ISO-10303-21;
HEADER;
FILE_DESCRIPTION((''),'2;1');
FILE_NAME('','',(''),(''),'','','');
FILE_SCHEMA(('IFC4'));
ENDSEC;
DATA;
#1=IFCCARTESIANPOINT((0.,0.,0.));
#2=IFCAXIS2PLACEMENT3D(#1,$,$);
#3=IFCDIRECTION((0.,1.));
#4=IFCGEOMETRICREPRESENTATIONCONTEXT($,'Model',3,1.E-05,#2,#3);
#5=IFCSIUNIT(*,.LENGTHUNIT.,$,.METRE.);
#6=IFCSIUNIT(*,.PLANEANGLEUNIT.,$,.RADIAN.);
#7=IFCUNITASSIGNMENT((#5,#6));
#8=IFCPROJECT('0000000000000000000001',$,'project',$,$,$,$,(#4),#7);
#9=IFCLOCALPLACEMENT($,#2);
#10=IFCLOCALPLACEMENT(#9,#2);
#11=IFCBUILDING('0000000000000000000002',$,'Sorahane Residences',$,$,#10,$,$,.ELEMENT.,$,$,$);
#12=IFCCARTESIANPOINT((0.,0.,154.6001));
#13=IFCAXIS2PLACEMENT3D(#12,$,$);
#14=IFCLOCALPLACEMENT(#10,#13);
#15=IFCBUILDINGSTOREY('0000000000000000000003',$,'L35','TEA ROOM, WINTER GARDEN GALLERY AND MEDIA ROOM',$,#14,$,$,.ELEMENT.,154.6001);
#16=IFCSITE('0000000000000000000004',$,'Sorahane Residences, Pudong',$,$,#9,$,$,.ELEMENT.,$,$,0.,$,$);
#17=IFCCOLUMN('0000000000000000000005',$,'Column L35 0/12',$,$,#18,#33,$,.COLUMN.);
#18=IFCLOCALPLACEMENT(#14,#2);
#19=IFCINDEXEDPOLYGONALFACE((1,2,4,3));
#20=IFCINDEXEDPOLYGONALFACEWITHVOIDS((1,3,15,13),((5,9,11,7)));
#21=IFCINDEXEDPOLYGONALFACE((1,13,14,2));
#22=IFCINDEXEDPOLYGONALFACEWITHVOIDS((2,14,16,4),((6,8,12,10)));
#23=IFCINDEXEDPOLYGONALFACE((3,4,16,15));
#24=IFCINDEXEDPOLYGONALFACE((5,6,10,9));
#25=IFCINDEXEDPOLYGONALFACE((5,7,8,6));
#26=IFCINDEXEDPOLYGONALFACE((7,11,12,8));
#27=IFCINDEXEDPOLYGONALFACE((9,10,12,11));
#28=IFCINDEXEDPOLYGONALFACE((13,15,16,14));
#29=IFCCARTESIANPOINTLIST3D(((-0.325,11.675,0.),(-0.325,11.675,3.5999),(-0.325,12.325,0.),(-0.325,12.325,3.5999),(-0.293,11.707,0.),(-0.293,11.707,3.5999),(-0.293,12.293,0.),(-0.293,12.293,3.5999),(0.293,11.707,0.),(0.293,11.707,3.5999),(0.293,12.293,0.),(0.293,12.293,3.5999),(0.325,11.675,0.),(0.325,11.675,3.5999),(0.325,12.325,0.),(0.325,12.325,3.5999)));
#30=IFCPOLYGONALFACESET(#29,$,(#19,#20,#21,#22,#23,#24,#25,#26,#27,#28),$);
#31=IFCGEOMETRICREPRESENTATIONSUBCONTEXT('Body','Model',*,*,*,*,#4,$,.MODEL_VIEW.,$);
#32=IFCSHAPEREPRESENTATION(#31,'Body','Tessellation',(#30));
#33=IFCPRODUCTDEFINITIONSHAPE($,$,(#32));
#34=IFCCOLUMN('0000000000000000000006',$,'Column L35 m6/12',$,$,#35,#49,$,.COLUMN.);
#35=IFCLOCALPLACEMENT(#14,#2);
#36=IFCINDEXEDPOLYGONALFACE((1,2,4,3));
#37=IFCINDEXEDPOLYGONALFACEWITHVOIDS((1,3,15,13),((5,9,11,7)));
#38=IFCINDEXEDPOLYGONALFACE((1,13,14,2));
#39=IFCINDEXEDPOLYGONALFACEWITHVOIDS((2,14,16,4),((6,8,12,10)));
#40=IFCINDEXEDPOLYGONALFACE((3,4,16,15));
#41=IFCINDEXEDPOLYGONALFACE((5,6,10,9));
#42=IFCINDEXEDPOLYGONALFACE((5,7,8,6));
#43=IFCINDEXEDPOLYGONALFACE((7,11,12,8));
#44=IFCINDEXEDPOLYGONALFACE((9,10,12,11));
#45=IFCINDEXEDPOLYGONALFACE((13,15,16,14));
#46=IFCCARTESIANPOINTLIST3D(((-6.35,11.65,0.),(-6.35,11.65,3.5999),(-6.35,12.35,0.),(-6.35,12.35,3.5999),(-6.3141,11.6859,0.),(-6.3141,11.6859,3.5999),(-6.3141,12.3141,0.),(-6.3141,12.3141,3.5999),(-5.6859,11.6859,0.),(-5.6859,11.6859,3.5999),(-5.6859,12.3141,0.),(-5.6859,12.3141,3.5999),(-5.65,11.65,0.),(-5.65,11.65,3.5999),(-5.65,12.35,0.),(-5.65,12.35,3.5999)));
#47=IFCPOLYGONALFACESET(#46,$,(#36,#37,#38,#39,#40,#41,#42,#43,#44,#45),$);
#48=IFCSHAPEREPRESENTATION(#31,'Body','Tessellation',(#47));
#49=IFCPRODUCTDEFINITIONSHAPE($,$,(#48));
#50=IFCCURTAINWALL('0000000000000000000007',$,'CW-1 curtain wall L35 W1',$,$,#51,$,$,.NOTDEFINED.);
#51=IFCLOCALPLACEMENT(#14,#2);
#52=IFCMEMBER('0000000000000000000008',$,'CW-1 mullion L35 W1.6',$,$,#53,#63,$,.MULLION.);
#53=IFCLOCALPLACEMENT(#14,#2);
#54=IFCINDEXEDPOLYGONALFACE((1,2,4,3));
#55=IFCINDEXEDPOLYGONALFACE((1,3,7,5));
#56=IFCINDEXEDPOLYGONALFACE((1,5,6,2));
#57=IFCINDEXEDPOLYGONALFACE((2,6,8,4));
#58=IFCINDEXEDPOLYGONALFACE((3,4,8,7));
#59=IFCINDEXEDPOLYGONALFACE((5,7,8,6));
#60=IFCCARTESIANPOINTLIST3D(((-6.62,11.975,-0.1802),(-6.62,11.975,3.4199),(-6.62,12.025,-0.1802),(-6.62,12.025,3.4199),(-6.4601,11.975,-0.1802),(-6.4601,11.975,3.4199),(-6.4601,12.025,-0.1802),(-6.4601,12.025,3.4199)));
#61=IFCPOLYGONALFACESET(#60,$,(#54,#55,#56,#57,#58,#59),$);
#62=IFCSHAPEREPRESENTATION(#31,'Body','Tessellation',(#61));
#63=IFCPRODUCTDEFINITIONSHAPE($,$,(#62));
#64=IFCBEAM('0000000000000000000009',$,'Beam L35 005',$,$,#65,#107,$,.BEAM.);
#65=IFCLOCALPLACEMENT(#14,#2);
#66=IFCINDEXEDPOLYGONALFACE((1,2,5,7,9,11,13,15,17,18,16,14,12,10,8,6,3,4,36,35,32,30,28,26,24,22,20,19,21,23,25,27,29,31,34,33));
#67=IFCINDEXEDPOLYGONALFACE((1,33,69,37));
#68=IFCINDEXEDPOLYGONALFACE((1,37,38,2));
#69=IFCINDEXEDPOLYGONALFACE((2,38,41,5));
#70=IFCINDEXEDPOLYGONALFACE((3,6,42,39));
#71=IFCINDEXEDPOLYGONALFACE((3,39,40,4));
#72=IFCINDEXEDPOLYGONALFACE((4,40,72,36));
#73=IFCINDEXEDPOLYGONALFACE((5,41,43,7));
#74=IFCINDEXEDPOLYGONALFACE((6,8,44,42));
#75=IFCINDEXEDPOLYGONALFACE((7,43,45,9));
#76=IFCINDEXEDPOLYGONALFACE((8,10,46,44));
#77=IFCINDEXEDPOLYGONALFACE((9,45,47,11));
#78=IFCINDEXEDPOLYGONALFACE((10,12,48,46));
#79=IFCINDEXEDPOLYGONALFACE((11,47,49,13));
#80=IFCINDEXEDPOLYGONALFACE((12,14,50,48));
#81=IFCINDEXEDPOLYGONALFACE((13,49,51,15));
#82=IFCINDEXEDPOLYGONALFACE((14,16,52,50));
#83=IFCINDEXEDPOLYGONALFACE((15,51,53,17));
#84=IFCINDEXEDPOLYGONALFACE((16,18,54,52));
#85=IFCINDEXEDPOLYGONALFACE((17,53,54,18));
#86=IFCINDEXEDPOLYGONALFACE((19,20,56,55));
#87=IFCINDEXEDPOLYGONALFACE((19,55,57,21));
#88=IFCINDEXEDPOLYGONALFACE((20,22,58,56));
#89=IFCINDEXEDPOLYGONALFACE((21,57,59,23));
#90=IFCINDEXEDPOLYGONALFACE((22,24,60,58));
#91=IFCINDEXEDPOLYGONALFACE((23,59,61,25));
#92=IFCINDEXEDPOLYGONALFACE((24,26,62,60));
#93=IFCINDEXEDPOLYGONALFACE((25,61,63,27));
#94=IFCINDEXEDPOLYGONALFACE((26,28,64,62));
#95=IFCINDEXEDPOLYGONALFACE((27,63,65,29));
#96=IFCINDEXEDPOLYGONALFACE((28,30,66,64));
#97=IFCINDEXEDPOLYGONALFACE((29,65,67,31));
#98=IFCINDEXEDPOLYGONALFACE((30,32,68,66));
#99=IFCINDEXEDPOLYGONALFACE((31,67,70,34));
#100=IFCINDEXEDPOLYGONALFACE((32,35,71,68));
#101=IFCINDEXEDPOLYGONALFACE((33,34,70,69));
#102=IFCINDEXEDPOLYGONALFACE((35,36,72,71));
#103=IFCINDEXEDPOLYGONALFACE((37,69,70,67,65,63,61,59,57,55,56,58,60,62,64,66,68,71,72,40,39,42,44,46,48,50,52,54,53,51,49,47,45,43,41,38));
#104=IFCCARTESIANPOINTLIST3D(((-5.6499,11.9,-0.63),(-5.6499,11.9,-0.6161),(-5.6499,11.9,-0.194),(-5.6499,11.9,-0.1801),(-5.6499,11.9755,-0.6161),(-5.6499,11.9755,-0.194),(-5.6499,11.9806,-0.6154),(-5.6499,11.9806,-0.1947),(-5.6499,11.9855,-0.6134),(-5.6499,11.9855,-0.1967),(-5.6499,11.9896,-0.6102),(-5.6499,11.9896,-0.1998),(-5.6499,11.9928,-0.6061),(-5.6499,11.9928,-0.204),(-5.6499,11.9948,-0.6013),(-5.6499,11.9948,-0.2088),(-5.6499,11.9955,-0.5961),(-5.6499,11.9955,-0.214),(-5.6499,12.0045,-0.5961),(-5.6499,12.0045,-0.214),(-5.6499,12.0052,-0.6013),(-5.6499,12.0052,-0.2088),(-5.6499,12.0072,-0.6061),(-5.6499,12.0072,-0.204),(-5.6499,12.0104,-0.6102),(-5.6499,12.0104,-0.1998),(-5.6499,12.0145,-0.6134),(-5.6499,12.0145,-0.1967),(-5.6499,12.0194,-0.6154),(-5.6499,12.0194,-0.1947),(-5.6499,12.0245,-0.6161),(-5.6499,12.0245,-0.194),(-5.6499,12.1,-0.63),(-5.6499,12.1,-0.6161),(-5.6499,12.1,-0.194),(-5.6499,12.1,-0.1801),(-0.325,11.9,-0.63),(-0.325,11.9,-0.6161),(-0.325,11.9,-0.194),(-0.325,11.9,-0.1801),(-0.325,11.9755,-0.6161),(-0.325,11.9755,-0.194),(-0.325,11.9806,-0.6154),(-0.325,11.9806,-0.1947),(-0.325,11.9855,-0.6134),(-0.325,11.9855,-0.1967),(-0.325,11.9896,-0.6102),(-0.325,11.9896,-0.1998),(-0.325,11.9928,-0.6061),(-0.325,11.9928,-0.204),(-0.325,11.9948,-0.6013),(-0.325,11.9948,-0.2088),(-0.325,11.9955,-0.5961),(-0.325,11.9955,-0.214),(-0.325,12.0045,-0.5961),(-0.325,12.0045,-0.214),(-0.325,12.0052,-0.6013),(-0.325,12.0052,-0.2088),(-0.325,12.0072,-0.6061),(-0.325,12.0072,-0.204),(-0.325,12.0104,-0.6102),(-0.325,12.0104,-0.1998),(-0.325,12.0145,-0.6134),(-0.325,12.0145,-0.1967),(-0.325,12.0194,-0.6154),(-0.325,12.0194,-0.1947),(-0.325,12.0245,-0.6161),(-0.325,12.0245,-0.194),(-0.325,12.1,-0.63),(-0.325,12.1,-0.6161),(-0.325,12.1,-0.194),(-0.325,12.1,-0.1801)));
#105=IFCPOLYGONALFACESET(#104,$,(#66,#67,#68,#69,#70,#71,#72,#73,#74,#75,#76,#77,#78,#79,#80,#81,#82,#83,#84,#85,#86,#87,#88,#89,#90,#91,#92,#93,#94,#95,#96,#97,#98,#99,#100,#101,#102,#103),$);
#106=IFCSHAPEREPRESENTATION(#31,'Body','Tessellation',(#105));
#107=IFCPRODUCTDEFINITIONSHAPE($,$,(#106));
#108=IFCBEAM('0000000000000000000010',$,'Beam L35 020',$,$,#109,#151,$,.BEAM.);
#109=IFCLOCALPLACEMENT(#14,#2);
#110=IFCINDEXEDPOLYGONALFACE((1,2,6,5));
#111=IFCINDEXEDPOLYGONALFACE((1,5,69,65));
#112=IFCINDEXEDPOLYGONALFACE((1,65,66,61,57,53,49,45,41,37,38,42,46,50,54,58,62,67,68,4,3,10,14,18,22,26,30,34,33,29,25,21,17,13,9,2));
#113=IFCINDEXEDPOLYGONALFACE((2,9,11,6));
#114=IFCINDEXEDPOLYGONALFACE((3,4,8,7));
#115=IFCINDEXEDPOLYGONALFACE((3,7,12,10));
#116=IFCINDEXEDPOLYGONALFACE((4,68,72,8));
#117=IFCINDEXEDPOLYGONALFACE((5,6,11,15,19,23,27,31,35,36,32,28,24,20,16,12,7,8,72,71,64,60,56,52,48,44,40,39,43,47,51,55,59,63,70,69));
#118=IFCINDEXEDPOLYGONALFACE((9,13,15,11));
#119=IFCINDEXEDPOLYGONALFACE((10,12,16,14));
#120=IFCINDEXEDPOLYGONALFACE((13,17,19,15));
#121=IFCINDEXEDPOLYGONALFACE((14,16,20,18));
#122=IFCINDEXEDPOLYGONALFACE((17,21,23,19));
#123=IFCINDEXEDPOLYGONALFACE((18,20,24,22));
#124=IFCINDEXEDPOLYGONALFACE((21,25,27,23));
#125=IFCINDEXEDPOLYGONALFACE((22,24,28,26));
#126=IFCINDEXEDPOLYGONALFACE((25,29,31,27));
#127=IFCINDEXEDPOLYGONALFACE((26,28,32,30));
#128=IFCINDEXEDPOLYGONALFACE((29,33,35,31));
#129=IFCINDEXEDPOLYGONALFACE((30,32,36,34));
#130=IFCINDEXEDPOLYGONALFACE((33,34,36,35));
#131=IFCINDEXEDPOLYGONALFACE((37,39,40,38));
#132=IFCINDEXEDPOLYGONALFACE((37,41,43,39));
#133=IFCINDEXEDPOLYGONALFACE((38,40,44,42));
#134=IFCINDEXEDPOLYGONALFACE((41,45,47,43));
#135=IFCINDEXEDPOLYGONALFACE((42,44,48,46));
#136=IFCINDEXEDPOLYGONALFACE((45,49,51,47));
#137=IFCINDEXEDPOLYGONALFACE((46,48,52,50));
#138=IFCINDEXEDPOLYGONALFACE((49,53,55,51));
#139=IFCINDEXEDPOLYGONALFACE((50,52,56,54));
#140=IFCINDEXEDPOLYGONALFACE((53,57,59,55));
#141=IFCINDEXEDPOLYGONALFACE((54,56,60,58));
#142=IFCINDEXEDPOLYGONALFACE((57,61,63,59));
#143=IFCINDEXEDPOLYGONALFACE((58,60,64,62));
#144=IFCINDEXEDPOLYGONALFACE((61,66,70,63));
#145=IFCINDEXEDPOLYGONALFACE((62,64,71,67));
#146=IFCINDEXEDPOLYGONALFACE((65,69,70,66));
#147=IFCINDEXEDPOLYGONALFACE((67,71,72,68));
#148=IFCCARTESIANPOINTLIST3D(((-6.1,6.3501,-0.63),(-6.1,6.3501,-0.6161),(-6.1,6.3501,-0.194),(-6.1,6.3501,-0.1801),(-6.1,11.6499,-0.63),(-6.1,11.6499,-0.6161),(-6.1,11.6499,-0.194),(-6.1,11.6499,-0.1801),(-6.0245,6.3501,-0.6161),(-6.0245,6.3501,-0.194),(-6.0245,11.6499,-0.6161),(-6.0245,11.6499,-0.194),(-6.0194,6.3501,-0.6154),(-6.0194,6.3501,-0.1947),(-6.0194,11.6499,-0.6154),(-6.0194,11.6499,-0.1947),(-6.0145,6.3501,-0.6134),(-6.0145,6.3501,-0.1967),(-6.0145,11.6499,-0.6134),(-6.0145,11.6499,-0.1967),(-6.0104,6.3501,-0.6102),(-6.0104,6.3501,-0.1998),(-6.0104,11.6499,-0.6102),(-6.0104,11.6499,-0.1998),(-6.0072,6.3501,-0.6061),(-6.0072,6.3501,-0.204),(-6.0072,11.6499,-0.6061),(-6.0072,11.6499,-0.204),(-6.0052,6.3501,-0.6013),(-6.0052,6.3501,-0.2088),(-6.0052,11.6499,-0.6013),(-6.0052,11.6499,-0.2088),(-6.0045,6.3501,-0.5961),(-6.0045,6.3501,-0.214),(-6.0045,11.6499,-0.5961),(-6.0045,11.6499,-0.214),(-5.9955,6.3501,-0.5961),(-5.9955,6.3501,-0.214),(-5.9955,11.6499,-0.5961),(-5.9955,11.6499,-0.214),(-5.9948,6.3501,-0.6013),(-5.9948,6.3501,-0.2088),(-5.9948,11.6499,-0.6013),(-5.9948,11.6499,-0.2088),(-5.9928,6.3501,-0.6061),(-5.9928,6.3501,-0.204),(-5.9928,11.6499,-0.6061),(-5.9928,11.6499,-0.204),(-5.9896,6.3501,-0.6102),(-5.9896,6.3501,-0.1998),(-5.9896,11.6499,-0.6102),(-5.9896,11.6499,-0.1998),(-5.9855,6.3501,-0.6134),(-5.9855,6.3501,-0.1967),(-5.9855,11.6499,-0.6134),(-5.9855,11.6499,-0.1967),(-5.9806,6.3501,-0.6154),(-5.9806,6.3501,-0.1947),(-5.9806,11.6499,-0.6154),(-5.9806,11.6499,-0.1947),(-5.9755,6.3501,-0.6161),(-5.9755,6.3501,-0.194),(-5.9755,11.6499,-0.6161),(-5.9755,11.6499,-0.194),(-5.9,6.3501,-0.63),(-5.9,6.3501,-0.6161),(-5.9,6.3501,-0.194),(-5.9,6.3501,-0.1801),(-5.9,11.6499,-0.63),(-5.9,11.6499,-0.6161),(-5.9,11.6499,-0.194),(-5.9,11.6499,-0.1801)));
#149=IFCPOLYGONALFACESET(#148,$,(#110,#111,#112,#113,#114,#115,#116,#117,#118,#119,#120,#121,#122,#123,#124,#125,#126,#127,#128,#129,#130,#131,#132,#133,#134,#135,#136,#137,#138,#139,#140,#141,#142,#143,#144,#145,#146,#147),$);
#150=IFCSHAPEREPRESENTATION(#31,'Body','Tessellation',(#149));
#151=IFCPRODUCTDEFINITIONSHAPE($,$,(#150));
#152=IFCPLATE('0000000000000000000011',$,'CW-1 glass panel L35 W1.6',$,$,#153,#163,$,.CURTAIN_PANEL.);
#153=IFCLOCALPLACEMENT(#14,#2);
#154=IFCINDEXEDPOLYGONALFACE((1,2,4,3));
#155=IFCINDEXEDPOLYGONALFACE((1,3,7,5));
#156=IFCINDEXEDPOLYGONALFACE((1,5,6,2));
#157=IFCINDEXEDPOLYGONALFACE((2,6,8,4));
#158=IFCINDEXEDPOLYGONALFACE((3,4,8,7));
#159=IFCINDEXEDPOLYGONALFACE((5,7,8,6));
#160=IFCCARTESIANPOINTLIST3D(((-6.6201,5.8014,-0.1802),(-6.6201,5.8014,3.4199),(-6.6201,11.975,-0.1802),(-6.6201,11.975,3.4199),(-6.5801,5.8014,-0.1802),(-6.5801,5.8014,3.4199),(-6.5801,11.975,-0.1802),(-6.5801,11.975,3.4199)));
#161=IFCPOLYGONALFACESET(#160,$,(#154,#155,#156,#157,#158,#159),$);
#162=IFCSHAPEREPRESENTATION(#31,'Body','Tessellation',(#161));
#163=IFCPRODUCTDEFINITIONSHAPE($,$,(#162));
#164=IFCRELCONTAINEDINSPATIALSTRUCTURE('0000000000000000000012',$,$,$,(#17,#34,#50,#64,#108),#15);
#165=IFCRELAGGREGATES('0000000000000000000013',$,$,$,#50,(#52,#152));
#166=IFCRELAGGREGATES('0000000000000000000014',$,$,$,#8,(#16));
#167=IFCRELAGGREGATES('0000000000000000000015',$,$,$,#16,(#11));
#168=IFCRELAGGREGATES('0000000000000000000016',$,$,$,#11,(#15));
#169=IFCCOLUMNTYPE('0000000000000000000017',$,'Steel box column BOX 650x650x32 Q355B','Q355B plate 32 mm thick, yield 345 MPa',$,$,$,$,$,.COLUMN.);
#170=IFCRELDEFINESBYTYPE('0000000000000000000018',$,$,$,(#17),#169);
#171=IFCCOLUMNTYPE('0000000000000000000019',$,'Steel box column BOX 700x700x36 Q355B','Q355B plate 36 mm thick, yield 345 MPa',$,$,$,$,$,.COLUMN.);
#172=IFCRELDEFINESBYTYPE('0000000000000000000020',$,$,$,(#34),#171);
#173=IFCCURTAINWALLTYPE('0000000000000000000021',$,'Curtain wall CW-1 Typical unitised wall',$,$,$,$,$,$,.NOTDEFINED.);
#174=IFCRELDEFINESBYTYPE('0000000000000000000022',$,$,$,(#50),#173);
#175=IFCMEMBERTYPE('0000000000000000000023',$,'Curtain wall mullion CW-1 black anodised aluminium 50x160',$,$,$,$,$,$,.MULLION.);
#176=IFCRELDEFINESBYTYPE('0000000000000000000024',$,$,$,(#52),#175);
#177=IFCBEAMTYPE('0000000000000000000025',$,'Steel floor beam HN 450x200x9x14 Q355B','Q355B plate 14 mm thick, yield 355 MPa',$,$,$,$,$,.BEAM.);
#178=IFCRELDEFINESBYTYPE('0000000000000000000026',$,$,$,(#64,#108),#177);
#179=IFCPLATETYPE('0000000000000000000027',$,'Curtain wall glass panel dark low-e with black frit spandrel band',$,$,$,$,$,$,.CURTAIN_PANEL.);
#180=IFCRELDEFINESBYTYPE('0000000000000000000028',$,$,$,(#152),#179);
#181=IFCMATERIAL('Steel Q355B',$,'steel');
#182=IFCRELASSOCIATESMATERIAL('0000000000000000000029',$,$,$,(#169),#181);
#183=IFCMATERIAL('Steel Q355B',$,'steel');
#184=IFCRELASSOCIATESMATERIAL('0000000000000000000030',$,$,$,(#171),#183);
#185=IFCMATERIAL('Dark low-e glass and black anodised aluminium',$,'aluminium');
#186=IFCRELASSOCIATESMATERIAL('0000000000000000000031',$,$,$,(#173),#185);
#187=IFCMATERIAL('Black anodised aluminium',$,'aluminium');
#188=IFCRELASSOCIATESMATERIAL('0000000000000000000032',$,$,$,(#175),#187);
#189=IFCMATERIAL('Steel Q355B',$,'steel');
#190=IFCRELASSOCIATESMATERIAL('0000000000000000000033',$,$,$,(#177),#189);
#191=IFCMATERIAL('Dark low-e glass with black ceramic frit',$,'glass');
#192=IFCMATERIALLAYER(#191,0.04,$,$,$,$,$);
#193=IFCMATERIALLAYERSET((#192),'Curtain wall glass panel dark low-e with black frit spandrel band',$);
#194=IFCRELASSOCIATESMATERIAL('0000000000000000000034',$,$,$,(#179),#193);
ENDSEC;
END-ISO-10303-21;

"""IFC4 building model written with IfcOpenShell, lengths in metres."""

from ifc_helpers import new_model, si_unit, direction, frame, origin, origin_2d, place, context, subcontext, project, spatial, rectangle, hollow_rectangle, i_section, extrude, material, layer, layer_set, material_profile, profile_set, type_object, element, aggregate, save


model = new_model("IFC4")

# Units and contexts
model_context = context("Model", 3, precision=1e-05, world=origin(), true_north=direction((0.0, 1.0)))
body_context = subcontext(model_context, "Body", "Model", "MODEL_VIEW")
ifc_project = project(units=[si_unit("LENGTHUNIT", "METRE"), si_unit("PLANEANGLEUNIT", "RADIAN")], contexts=[model_context])

# Site, building, storey
site_placement = place(None, origin())
site = spatial("IfcSite", under=ifc_project, at=site_placement, Name="Sorahane Residences, Pudong", CompositionType="ELEMENT", RefElevation=0.0)
building_placement = place(site_placement, origin())
building = spatial("IfcBuilding", under=site, at=building_placement, Name="Sorahane Residences", CompositionType="ELEMENT")
storey_placement = place(building_placement, frame((0.0, 0.0, 154.6001)))
storey = spatial("IfcBuildingStorey", under=building, at=storey_placement, Name="L35", Description="TEA ROOM, WINTER GARDEN GALLERY AND MEDIA ROOM", CompositionType="ELEMENT", Elevation=154.6001)

# Columns
ifc_material_1 = material(Name="Steel Q355B", Category="steel")
ifc_material_profile_1 = material_profile(ifc_material_1, hollow_rectangle(XDim=0.6499, YDim=0.6499, WallThickness=0.032, at=origin_2d()), Name="BOX 650x650x32")
ifc_profile_set_1 = profile_set([ifc_material_profile_1], Name="Steel Q355B")
column_type_1 = type_object("IfcColumnType", Name="Steel box column BOX 650x650x32 Q355B", Description="Q355B plate 32 mm thick, yield 345 MPa", PredefinedType="COLUMN", material=ifc_profile_set_1)
column_1_placement = place(storey_placement, frame((0.0, 12.0, 0.0), z_axis=(0.0, 0.0, 1.0), x_axis=(1.0, 0.0, 0.0)))
element("IfcColumn", 1, at=column_1_placement, inside=storey, type_object=column_type_1, Name="Column L35 0/12", PredefinedType="COLUMN", context=body_context, shape_type="SweptSolid", body=[
    extrude(hollow_rectangle(XDim=0.6499, YDim=0.6499, WallThickness=0.032, at=origin_2d()), origin(), (0.0, 0.0, 1.0), 3.5999),
])
ifc_material_2 = material(Name="Steel Q355B", Category="steel")
ifc_material_profile_2 = material_profile(ifc_material_2, hollow_rectangle(XDim=0.7, YDim=0.7, WallThickness=0.0359, at=origin_2d()), Name="BOX 700x700x36")
ifc_profile_set_2 = profile_set([ifc_material_profile_2], Name="Steel Q355B")
column_type_2 = type_object("IfcColumnType", Name="Steel box column BOX 700x700x36 Q355B", Description="Q355B plate 36 mm thick, yield 345 MPa", PredefinedType="COLUMN", material=ifc_profile_set_2)
column_2_placement = place(storey_placement, frame((-6.0, 12.0, 0.0), z_axis=(0.0, 0.0, 1.0), x_axis=(1.0, 0.0, 0.0)))
element("IfcColumn", 2, at=column_2_placement, inside=storey, type_object=column_type_2, Name="Column L35 m6/12", PredefinedType="COLUMN", context=body_context, shape_type="SweptSolid", body=[
    extrude(hollow_rectangle(XDim=0.7, YDim=0.7, WallThickness=0.0359, at=origin_2d()), origin(), (0.0, 0.0, 1.0), 3.5999),
])

# Curtain wall, member
ifc_material_3 = material(Name="Dark low-e glass and black anodised aluminium", Category="aluminium")
curtain_wall_type = type_object("IfcCurtainWallType", Name="Curtain wall CW-1 Typical unitised wall", PredefinedType="NOTDEFINED", material=ifc_material_3)
curtain_wall_placement = place(storey_placement, origin())
curtain_wall = element("IfcCurtainWall", 3, at=curtain_wall_placement, inside=storey, type_object=curtain_wall_type, Name="CW-1 curtain wall L35 W1", PredefinedType="NOTDEFINED")
ifc_material_4 = material(Name="Black anodised aluminium", Category="aluminium")
ifc_material_profile_3 = material_profile(ifc_material_4, rectangle(XDim=0.1599, YDim=0.05, at=origin_2d()), Name="Curtain wall mullion CW-1 black anodised aluminium 50x160")
ifc_profile_set_3 = profile_set([ifc_material_profile_3], Name="Black anodised aluminium")
member_type = type_object("IfcMemberType", Name="Curtain wall mullion CW-1 black anodised aluminium 50x160", PredefinedType="MULLION", material=ifc_profile_set_3)
member_placement = place(storey_placement, frame((-6.54, 12.0, -0.1802), z_axis=(0.0, 0.0, 1.0), x_axis=(-1.0, 0.0, 0.0)))
member = element("IfcMember", 4, at=member_placement, type_object=member_type, Name="CW-1 mullion L35 W1.6", PredefinedType="MULLION", context=body_context, shape_type="SweptSolid", body=[
    extrude(rectangle(XDim=0.1599, YDim=0.05, at=origin_2d()), origin(), (0.0, 0.0, 1.0), 3.6001),
])

# Beams
ifc_material_5 = material(Name="Steel Q355B", Category="steel")
ifc_material_profile_4 = material_profile(ifc_material_5, i_section(OverallWidth=0.2, OverallDepth=0.45, WebThickness=0.009, FlangeThickness=0.0139, FilletRadius=0.02, at=origin_2d()), Name="HN 450x200x9x14")
ifc_profile_set_4 = profile_set([ifc_material_profile_4], Name="Steel Q355B")
beam_type = type_object("IfcBeamType", Name="Steel floor beam HN 450x200x9x14 Q355B", Description="Q355B plate 14 mm thick, yield 355 MPa", PredefinedType="BEAM", material=ifc_profile_set_4)
beam_1_placement = place(storey_placement, frame((-5.6499, 12.0, -0.405), z_axis=(1.0, 0.0, 0.0), x_axis=(0.0, 1.0, 0.0)))
element("IfcBeam", 5, at=beam_1_placement, inside=storey, type_object=beam_type, Name="Beam L35 005", PredefinedType="BEAM", context=body_context, shape_type="SweptSolid", body=[
    extrude(i_section(OverallWidth=0.2, OverallDepth=0.45, WebThickness=0.009, FlangeThickness=0.0139, FilletRadius=0.02, at=origin_2d()), origin(), (0.0, 0.0, 1.0), 5.325),
])
beam_2_placement = place(storey_placement, frame((-6.0, 6.3501, -0.405), z_axis=(0.0, 1.0, 0.0), x_axis=(-1.0, 0.0, 0.0)))
element("IfcBeam", 6, at=beam_2_placement, inside=storey, type_object=beam_type, Name="Beam L35 020", PredefinedType="BEAM", context=body_context, shape_type="SweptSolid", body=[
    extrude(i_section(OverallWidth=0.2, OverallDepth=0.45, WebThickness=0.009, FlangeThickness=0.0139, FilletRadius=0.02, at=origin_2d()), origin(), (0.0, 0.0, 1.0), 5.2998),
])

# Plate
ifc_material_6 = material(Name="Dark low-e glass with black ceramic frit", Category="glass")
ifc_layer_1 = layer(ifc_material_6, 0.04)
ifc_layer_set_1 = layer_set([ifc_layer_1], Name="Curtain wall glass panel dark low-e with black frit spandrel band")
plate_type = type_object("IfcPlateType", Name="Curtain wall glass panel dark low-e with black frit spandrel band", PredefinedType="CURTAIN_PANEL", material=ifc_layer_set_1)
plate_placement = place(storey_placement, frame((-6.6001, 8.8882, -0.1802), z_axis=(0.0, 0.0, 1.0), x_axis=(0.0, -1.0, 0.0)))
plate = element("IfcPlate", 7, at=plate_placement, type_object=plate_type, Name="CW-1 glass panel L35 W1.6", PredefinedType="CURTAIN_PANEL", context=body_context, shape_type="SweptSolid", body=[
    extrude(rectangle(XDim=6.1736, YDim=0.04, at=origin_2d()), origin(), (0.0, 0.0, 1.0), 3.6001),
])
aggregate(curtain_wall, [member, plate])

save(model, "model.ifc")
